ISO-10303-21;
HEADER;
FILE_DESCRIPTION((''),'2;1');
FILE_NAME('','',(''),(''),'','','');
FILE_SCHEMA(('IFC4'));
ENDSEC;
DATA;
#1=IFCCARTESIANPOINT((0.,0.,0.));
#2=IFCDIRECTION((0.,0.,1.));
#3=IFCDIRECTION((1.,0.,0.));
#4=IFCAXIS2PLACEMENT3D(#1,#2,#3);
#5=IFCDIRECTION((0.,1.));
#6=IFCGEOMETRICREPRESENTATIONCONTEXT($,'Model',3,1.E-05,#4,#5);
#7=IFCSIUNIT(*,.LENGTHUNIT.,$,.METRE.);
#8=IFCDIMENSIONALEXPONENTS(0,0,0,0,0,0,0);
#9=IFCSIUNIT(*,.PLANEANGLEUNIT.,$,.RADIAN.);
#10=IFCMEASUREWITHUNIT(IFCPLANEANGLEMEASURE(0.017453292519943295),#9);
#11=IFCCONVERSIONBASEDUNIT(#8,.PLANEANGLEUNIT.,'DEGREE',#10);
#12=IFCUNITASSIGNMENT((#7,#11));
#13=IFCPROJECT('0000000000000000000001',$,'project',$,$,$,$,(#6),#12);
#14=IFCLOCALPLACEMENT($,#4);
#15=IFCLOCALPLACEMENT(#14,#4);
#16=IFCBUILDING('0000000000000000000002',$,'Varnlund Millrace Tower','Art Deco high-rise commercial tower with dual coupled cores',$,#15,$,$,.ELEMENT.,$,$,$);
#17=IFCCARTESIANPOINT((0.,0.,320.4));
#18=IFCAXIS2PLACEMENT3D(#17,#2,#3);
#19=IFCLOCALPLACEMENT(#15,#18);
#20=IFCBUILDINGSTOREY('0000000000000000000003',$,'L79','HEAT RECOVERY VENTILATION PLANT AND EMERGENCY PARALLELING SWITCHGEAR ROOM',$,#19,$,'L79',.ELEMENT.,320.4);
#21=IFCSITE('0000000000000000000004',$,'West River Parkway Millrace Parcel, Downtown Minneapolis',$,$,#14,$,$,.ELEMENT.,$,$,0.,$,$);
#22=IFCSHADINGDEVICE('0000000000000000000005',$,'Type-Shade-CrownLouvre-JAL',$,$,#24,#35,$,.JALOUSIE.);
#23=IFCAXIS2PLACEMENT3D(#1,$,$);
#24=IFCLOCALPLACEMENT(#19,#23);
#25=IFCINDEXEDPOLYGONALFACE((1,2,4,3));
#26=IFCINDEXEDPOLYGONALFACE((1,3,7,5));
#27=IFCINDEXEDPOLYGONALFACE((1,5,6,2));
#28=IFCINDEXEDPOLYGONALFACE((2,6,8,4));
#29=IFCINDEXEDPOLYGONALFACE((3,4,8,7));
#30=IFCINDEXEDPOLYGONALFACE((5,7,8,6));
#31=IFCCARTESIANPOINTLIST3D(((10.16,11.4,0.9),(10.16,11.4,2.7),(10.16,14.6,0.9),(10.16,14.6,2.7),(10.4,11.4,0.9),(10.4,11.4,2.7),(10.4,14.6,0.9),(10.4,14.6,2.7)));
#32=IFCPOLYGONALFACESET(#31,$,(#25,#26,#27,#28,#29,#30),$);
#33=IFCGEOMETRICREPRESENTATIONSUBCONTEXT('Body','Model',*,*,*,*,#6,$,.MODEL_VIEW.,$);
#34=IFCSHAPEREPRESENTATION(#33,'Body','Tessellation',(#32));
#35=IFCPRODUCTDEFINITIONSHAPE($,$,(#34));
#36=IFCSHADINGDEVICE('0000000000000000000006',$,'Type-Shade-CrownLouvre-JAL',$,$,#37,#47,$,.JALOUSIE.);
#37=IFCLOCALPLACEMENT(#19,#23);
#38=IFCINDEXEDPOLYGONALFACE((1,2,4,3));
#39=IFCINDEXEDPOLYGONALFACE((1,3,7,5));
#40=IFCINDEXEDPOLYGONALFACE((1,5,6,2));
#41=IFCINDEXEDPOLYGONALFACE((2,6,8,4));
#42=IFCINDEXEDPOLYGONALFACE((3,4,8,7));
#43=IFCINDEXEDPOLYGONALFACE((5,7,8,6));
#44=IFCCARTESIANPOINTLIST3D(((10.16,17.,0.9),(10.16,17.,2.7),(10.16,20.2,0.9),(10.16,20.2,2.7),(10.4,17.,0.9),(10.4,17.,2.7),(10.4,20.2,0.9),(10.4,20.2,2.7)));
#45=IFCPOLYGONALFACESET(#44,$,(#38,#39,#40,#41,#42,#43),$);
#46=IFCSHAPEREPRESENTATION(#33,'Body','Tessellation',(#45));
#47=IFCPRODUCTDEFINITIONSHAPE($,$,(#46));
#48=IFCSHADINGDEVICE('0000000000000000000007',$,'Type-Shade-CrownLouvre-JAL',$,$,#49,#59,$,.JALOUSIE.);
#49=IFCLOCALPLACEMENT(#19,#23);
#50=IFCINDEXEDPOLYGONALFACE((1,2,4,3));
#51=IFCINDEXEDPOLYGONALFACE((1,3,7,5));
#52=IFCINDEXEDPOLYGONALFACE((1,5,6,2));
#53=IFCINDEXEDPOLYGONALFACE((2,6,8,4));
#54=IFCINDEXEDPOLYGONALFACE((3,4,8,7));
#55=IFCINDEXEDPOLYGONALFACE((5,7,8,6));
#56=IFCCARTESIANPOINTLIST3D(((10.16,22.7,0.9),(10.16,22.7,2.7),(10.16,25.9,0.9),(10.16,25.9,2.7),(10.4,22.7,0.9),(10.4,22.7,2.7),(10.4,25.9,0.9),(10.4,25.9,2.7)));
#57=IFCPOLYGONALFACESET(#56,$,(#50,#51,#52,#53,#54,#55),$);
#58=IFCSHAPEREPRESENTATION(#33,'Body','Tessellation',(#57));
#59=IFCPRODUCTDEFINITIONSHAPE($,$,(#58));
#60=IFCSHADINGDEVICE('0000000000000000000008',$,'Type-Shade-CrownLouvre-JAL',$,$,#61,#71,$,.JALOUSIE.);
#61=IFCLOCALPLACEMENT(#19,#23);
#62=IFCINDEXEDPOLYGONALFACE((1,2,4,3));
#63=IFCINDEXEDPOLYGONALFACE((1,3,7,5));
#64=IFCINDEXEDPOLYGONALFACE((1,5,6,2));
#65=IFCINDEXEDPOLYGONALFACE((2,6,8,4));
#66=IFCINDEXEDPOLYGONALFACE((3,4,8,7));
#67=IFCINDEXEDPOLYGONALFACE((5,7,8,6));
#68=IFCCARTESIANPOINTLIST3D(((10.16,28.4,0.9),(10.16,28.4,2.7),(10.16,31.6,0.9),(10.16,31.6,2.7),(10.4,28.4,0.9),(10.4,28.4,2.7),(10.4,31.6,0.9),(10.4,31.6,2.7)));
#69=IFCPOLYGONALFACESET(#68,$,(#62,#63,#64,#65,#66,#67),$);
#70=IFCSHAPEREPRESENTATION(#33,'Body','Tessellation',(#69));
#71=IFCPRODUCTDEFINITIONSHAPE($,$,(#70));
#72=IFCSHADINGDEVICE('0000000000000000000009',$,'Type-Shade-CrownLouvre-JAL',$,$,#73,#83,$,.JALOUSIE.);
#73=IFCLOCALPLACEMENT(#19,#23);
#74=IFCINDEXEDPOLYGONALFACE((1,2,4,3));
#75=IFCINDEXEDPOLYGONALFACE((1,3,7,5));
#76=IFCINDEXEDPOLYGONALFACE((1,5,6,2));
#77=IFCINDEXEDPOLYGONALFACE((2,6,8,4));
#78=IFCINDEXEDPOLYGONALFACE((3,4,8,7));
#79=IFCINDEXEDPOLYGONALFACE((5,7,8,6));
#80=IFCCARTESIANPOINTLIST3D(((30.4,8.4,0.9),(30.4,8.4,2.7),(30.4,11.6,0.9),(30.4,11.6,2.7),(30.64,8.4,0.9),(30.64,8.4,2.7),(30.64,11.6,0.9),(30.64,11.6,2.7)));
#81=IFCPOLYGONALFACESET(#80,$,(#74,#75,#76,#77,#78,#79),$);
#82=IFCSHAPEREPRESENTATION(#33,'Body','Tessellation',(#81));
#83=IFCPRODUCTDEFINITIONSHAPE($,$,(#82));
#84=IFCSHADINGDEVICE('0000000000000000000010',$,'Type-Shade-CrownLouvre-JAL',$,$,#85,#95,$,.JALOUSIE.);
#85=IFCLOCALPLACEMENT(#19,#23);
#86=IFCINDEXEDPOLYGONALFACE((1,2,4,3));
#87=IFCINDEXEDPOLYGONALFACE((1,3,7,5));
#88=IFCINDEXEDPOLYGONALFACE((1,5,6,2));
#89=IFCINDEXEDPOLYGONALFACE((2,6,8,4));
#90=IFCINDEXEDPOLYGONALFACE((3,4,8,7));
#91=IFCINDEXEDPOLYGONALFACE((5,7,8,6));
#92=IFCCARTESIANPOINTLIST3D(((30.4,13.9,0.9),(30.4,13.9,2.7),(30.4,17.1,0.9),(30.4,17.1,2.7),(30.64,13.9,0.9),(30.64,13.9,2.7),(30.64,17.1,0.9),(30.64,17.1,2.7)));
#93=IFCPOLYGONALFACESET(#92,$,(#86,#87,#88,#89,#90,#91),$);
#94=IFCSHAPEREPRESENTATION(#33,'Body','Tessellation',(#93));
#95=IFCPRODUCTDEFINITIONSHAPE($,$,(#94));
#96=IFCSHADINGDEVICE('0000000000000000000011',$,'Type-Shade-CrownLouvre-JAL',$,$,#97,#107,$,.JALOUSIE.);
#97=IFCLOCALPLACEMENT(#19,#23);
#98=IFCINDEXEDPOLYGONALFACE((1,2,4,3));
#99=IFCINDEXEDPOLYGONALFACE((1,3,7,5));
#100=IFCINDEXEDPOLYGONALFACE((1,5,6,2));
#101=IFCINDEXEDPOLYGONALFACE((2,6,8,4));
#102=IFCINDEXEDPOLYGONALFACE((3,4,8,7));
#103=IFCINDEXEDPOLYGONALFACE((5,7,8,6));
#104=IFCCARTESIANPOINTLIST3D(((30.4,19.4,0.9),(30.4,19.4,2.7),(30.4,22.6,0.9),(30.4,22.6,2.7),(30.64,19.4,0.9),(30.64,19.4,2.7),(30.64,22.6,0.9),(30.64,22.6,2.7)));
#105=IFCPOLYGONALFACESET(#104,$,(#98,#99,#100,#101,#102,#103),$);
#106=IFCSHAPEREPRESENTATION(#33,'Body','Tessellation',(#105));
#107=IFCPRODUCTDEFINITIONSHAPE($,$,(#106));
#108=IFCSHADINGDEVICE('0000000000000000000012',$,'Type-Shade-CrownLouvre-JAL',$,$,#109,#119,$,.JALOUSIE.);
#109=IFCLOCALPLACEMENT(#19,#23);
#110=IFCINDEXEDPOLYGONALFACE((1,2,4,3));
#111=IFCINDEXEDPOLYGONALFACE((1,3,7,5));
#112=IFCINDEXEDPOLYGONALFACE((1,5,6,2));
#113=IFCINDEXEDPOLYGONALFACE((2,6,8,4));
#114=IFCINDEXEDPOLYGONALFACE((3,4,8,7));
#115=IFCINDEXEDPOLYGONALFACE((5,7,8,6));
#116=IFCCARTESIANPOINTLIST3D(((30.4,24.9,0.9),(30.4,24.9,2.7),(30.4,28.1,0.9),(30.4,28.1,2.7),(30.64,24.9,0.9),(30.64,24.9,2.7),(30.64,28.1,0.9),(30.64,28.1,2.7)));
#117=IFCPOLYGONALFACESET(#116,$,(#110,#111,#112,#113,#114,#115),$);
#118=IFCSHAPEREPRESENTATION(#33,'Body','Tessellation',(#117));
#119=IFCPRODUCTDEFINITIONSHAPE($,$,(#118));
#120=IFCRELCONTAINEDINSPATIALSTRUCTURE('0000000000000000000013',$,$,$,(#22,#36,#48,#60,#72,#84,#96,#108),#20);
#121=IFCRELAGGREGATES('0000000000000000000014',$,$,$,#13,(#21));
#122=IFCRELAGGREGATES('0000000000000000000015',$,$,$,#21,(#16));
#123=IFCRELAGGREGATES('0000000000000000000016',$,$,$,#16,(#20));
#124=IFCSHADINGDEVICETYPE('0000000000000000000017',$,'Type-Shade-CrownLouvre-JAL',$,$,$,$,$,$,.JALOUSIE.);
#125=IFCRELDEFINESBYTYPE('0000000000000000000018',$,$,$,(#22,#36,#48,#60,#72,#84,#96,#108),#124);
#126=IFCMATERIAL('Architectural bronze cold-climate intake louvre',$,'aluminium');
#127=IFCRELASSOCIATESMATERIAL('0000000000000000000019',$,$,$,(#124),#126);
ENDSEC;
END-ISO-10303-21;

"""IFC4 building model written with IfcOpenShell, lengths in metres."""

from ifc_helpers import new_model, entity, si_unit, converted_unit, direction, frame, origin_with_axes, origin_2d_with_axis, place, context, subcontext, project, spatial, rectangle, extrude, material, type_object, element, save


model = new_model("IFC4")

# Units and contexts
model_context = context("Model", 3, precision=1e-05, world=origin_with_axes(), true_north=direction((0.0, 1.0)))
body_context = subcontext(model_context, "Body", "Model", "MODEL_VIEW")
ifc_project = project(units=[si_unit("LENGTHUNIT", "METRE"), converted_unit("PLANEANGLEUNIT", "DEGREE", entity("IfcPlaneAngleMeasure", 0.017453292519943295), si_unit("PLANEANGLEUNIT", "RADIAN"), dimensions=[0, 0, 0, 0, 0, 0, 0])], contexts=[model_context])

# Site, building, storey
site_placement = place(None, origin_with_axes())
site = spatial("IfcSite", under=ifc_project, at=site_placement, Name="West River Parkway Millrace Parcel, Downtown Minneapolis", CompositionType="ELEMENT", RefElevation=0.0)
building_placement = place(site_placement, origin_with_axes())
building = spatial("IfcBuilding", under=site, at=building_placement, Name="Varnlund Millrace Tower", Description="Art Deco high-rise commercial tower with dual coupled cores", CompositionType="ELEMENT")
storey_placement = place(building_placement, frame((0.0, 0.0, 320.4), z_axis=(0.0, 0.0, 1.0), x_axis=(1.0, 0.0, 0.0)))
storey = spatial("IfcBuildingStorey", under=building, at=storey_placement, Name="L79", Description="HEAT RECOVERY VENTILATION PLANT AND EMERGENCY PARALLELING SWITCHGEAR ROOM", LongName="L79", CompositionType="ELEMENT", Elevation=320.4)

# Shading devices
ifc_material_1 = material(Name="Architectural bronze cold-climate intake louvre", Category="aluminium")
shading_device_type = type_object("IfcShadingDeviceType", Name="Type-Shade-CrownLouvre-JAL", PredefinedType="JALOUSIE", material=ifc_material_1)
for number, where, z_axis, x_axis, name in (
    (1, (10.28, 13.0, 0.9), (0.0, 0.0, 1.0), (0.0, 1.0, 0.0), "Type-Shade-CrownLouvre-JAL"),
    (2, (10.28, 18.6, 0.9), (0.0, 0.0, 1.0), (0.0, 1.0, 0.0), "Type-Shade-CrownLouvre-JAL"),
    (3, (10.28, 24.3, 0.9), (0.0, 0.0, 1.0), (0.0, 1.0, 0.0), "Type-Shade-CrownLouvre-JAL"),
    (4, (10.28, 30.0, 0.9), (0.0, 0.0, 1.0), (0.0, 1.0, 0.0), "Type-Shade-CrownLouvre-JAL"),
    (5, (30.52, 10.0, 0.9), (0.0, 0.0, 1.0), (0.0, 1.0, 0.0), "Type-Shade-CrownLouvre-JAL"),
    (6, (30.52, 15.5, 0.9), (0.0, 0.0, 1.0), (0.0, 1.0, 0.0), "Type-Shade-CrownLouvre-JAL"),
    (7, (30.52, 21.0, 0.9), (0.0, 0.0, 1.0), (0.0, 1.0, 0.0), "Type-Shade-CrownLouvre-JAL"),
    (8, (30.52, 26.5, 0.9), (0.0, 0.0, 1.0), (0.0, 1.0, 0.0), "Type-Shade-CrownLouvre-JAL"),
):
    element("IfcShadingDevice", number, at=place(storey_placement, frame(where, z_axis=z_axis, x_axis=x_axis)), inside=storey, type_object=shading_device_type, Name=name, PredefinedType="JALOUSIE", context=body_context, shape_type="SweptSolid", body=[
        extrude(rectangle(XDim=3.2, YDim=0.24, at=origin_2d_with_axis()), origin_with_axes(), (0.0, 0.0, 1.0), 1.8),
    ])

save(model, "model.ifc")
